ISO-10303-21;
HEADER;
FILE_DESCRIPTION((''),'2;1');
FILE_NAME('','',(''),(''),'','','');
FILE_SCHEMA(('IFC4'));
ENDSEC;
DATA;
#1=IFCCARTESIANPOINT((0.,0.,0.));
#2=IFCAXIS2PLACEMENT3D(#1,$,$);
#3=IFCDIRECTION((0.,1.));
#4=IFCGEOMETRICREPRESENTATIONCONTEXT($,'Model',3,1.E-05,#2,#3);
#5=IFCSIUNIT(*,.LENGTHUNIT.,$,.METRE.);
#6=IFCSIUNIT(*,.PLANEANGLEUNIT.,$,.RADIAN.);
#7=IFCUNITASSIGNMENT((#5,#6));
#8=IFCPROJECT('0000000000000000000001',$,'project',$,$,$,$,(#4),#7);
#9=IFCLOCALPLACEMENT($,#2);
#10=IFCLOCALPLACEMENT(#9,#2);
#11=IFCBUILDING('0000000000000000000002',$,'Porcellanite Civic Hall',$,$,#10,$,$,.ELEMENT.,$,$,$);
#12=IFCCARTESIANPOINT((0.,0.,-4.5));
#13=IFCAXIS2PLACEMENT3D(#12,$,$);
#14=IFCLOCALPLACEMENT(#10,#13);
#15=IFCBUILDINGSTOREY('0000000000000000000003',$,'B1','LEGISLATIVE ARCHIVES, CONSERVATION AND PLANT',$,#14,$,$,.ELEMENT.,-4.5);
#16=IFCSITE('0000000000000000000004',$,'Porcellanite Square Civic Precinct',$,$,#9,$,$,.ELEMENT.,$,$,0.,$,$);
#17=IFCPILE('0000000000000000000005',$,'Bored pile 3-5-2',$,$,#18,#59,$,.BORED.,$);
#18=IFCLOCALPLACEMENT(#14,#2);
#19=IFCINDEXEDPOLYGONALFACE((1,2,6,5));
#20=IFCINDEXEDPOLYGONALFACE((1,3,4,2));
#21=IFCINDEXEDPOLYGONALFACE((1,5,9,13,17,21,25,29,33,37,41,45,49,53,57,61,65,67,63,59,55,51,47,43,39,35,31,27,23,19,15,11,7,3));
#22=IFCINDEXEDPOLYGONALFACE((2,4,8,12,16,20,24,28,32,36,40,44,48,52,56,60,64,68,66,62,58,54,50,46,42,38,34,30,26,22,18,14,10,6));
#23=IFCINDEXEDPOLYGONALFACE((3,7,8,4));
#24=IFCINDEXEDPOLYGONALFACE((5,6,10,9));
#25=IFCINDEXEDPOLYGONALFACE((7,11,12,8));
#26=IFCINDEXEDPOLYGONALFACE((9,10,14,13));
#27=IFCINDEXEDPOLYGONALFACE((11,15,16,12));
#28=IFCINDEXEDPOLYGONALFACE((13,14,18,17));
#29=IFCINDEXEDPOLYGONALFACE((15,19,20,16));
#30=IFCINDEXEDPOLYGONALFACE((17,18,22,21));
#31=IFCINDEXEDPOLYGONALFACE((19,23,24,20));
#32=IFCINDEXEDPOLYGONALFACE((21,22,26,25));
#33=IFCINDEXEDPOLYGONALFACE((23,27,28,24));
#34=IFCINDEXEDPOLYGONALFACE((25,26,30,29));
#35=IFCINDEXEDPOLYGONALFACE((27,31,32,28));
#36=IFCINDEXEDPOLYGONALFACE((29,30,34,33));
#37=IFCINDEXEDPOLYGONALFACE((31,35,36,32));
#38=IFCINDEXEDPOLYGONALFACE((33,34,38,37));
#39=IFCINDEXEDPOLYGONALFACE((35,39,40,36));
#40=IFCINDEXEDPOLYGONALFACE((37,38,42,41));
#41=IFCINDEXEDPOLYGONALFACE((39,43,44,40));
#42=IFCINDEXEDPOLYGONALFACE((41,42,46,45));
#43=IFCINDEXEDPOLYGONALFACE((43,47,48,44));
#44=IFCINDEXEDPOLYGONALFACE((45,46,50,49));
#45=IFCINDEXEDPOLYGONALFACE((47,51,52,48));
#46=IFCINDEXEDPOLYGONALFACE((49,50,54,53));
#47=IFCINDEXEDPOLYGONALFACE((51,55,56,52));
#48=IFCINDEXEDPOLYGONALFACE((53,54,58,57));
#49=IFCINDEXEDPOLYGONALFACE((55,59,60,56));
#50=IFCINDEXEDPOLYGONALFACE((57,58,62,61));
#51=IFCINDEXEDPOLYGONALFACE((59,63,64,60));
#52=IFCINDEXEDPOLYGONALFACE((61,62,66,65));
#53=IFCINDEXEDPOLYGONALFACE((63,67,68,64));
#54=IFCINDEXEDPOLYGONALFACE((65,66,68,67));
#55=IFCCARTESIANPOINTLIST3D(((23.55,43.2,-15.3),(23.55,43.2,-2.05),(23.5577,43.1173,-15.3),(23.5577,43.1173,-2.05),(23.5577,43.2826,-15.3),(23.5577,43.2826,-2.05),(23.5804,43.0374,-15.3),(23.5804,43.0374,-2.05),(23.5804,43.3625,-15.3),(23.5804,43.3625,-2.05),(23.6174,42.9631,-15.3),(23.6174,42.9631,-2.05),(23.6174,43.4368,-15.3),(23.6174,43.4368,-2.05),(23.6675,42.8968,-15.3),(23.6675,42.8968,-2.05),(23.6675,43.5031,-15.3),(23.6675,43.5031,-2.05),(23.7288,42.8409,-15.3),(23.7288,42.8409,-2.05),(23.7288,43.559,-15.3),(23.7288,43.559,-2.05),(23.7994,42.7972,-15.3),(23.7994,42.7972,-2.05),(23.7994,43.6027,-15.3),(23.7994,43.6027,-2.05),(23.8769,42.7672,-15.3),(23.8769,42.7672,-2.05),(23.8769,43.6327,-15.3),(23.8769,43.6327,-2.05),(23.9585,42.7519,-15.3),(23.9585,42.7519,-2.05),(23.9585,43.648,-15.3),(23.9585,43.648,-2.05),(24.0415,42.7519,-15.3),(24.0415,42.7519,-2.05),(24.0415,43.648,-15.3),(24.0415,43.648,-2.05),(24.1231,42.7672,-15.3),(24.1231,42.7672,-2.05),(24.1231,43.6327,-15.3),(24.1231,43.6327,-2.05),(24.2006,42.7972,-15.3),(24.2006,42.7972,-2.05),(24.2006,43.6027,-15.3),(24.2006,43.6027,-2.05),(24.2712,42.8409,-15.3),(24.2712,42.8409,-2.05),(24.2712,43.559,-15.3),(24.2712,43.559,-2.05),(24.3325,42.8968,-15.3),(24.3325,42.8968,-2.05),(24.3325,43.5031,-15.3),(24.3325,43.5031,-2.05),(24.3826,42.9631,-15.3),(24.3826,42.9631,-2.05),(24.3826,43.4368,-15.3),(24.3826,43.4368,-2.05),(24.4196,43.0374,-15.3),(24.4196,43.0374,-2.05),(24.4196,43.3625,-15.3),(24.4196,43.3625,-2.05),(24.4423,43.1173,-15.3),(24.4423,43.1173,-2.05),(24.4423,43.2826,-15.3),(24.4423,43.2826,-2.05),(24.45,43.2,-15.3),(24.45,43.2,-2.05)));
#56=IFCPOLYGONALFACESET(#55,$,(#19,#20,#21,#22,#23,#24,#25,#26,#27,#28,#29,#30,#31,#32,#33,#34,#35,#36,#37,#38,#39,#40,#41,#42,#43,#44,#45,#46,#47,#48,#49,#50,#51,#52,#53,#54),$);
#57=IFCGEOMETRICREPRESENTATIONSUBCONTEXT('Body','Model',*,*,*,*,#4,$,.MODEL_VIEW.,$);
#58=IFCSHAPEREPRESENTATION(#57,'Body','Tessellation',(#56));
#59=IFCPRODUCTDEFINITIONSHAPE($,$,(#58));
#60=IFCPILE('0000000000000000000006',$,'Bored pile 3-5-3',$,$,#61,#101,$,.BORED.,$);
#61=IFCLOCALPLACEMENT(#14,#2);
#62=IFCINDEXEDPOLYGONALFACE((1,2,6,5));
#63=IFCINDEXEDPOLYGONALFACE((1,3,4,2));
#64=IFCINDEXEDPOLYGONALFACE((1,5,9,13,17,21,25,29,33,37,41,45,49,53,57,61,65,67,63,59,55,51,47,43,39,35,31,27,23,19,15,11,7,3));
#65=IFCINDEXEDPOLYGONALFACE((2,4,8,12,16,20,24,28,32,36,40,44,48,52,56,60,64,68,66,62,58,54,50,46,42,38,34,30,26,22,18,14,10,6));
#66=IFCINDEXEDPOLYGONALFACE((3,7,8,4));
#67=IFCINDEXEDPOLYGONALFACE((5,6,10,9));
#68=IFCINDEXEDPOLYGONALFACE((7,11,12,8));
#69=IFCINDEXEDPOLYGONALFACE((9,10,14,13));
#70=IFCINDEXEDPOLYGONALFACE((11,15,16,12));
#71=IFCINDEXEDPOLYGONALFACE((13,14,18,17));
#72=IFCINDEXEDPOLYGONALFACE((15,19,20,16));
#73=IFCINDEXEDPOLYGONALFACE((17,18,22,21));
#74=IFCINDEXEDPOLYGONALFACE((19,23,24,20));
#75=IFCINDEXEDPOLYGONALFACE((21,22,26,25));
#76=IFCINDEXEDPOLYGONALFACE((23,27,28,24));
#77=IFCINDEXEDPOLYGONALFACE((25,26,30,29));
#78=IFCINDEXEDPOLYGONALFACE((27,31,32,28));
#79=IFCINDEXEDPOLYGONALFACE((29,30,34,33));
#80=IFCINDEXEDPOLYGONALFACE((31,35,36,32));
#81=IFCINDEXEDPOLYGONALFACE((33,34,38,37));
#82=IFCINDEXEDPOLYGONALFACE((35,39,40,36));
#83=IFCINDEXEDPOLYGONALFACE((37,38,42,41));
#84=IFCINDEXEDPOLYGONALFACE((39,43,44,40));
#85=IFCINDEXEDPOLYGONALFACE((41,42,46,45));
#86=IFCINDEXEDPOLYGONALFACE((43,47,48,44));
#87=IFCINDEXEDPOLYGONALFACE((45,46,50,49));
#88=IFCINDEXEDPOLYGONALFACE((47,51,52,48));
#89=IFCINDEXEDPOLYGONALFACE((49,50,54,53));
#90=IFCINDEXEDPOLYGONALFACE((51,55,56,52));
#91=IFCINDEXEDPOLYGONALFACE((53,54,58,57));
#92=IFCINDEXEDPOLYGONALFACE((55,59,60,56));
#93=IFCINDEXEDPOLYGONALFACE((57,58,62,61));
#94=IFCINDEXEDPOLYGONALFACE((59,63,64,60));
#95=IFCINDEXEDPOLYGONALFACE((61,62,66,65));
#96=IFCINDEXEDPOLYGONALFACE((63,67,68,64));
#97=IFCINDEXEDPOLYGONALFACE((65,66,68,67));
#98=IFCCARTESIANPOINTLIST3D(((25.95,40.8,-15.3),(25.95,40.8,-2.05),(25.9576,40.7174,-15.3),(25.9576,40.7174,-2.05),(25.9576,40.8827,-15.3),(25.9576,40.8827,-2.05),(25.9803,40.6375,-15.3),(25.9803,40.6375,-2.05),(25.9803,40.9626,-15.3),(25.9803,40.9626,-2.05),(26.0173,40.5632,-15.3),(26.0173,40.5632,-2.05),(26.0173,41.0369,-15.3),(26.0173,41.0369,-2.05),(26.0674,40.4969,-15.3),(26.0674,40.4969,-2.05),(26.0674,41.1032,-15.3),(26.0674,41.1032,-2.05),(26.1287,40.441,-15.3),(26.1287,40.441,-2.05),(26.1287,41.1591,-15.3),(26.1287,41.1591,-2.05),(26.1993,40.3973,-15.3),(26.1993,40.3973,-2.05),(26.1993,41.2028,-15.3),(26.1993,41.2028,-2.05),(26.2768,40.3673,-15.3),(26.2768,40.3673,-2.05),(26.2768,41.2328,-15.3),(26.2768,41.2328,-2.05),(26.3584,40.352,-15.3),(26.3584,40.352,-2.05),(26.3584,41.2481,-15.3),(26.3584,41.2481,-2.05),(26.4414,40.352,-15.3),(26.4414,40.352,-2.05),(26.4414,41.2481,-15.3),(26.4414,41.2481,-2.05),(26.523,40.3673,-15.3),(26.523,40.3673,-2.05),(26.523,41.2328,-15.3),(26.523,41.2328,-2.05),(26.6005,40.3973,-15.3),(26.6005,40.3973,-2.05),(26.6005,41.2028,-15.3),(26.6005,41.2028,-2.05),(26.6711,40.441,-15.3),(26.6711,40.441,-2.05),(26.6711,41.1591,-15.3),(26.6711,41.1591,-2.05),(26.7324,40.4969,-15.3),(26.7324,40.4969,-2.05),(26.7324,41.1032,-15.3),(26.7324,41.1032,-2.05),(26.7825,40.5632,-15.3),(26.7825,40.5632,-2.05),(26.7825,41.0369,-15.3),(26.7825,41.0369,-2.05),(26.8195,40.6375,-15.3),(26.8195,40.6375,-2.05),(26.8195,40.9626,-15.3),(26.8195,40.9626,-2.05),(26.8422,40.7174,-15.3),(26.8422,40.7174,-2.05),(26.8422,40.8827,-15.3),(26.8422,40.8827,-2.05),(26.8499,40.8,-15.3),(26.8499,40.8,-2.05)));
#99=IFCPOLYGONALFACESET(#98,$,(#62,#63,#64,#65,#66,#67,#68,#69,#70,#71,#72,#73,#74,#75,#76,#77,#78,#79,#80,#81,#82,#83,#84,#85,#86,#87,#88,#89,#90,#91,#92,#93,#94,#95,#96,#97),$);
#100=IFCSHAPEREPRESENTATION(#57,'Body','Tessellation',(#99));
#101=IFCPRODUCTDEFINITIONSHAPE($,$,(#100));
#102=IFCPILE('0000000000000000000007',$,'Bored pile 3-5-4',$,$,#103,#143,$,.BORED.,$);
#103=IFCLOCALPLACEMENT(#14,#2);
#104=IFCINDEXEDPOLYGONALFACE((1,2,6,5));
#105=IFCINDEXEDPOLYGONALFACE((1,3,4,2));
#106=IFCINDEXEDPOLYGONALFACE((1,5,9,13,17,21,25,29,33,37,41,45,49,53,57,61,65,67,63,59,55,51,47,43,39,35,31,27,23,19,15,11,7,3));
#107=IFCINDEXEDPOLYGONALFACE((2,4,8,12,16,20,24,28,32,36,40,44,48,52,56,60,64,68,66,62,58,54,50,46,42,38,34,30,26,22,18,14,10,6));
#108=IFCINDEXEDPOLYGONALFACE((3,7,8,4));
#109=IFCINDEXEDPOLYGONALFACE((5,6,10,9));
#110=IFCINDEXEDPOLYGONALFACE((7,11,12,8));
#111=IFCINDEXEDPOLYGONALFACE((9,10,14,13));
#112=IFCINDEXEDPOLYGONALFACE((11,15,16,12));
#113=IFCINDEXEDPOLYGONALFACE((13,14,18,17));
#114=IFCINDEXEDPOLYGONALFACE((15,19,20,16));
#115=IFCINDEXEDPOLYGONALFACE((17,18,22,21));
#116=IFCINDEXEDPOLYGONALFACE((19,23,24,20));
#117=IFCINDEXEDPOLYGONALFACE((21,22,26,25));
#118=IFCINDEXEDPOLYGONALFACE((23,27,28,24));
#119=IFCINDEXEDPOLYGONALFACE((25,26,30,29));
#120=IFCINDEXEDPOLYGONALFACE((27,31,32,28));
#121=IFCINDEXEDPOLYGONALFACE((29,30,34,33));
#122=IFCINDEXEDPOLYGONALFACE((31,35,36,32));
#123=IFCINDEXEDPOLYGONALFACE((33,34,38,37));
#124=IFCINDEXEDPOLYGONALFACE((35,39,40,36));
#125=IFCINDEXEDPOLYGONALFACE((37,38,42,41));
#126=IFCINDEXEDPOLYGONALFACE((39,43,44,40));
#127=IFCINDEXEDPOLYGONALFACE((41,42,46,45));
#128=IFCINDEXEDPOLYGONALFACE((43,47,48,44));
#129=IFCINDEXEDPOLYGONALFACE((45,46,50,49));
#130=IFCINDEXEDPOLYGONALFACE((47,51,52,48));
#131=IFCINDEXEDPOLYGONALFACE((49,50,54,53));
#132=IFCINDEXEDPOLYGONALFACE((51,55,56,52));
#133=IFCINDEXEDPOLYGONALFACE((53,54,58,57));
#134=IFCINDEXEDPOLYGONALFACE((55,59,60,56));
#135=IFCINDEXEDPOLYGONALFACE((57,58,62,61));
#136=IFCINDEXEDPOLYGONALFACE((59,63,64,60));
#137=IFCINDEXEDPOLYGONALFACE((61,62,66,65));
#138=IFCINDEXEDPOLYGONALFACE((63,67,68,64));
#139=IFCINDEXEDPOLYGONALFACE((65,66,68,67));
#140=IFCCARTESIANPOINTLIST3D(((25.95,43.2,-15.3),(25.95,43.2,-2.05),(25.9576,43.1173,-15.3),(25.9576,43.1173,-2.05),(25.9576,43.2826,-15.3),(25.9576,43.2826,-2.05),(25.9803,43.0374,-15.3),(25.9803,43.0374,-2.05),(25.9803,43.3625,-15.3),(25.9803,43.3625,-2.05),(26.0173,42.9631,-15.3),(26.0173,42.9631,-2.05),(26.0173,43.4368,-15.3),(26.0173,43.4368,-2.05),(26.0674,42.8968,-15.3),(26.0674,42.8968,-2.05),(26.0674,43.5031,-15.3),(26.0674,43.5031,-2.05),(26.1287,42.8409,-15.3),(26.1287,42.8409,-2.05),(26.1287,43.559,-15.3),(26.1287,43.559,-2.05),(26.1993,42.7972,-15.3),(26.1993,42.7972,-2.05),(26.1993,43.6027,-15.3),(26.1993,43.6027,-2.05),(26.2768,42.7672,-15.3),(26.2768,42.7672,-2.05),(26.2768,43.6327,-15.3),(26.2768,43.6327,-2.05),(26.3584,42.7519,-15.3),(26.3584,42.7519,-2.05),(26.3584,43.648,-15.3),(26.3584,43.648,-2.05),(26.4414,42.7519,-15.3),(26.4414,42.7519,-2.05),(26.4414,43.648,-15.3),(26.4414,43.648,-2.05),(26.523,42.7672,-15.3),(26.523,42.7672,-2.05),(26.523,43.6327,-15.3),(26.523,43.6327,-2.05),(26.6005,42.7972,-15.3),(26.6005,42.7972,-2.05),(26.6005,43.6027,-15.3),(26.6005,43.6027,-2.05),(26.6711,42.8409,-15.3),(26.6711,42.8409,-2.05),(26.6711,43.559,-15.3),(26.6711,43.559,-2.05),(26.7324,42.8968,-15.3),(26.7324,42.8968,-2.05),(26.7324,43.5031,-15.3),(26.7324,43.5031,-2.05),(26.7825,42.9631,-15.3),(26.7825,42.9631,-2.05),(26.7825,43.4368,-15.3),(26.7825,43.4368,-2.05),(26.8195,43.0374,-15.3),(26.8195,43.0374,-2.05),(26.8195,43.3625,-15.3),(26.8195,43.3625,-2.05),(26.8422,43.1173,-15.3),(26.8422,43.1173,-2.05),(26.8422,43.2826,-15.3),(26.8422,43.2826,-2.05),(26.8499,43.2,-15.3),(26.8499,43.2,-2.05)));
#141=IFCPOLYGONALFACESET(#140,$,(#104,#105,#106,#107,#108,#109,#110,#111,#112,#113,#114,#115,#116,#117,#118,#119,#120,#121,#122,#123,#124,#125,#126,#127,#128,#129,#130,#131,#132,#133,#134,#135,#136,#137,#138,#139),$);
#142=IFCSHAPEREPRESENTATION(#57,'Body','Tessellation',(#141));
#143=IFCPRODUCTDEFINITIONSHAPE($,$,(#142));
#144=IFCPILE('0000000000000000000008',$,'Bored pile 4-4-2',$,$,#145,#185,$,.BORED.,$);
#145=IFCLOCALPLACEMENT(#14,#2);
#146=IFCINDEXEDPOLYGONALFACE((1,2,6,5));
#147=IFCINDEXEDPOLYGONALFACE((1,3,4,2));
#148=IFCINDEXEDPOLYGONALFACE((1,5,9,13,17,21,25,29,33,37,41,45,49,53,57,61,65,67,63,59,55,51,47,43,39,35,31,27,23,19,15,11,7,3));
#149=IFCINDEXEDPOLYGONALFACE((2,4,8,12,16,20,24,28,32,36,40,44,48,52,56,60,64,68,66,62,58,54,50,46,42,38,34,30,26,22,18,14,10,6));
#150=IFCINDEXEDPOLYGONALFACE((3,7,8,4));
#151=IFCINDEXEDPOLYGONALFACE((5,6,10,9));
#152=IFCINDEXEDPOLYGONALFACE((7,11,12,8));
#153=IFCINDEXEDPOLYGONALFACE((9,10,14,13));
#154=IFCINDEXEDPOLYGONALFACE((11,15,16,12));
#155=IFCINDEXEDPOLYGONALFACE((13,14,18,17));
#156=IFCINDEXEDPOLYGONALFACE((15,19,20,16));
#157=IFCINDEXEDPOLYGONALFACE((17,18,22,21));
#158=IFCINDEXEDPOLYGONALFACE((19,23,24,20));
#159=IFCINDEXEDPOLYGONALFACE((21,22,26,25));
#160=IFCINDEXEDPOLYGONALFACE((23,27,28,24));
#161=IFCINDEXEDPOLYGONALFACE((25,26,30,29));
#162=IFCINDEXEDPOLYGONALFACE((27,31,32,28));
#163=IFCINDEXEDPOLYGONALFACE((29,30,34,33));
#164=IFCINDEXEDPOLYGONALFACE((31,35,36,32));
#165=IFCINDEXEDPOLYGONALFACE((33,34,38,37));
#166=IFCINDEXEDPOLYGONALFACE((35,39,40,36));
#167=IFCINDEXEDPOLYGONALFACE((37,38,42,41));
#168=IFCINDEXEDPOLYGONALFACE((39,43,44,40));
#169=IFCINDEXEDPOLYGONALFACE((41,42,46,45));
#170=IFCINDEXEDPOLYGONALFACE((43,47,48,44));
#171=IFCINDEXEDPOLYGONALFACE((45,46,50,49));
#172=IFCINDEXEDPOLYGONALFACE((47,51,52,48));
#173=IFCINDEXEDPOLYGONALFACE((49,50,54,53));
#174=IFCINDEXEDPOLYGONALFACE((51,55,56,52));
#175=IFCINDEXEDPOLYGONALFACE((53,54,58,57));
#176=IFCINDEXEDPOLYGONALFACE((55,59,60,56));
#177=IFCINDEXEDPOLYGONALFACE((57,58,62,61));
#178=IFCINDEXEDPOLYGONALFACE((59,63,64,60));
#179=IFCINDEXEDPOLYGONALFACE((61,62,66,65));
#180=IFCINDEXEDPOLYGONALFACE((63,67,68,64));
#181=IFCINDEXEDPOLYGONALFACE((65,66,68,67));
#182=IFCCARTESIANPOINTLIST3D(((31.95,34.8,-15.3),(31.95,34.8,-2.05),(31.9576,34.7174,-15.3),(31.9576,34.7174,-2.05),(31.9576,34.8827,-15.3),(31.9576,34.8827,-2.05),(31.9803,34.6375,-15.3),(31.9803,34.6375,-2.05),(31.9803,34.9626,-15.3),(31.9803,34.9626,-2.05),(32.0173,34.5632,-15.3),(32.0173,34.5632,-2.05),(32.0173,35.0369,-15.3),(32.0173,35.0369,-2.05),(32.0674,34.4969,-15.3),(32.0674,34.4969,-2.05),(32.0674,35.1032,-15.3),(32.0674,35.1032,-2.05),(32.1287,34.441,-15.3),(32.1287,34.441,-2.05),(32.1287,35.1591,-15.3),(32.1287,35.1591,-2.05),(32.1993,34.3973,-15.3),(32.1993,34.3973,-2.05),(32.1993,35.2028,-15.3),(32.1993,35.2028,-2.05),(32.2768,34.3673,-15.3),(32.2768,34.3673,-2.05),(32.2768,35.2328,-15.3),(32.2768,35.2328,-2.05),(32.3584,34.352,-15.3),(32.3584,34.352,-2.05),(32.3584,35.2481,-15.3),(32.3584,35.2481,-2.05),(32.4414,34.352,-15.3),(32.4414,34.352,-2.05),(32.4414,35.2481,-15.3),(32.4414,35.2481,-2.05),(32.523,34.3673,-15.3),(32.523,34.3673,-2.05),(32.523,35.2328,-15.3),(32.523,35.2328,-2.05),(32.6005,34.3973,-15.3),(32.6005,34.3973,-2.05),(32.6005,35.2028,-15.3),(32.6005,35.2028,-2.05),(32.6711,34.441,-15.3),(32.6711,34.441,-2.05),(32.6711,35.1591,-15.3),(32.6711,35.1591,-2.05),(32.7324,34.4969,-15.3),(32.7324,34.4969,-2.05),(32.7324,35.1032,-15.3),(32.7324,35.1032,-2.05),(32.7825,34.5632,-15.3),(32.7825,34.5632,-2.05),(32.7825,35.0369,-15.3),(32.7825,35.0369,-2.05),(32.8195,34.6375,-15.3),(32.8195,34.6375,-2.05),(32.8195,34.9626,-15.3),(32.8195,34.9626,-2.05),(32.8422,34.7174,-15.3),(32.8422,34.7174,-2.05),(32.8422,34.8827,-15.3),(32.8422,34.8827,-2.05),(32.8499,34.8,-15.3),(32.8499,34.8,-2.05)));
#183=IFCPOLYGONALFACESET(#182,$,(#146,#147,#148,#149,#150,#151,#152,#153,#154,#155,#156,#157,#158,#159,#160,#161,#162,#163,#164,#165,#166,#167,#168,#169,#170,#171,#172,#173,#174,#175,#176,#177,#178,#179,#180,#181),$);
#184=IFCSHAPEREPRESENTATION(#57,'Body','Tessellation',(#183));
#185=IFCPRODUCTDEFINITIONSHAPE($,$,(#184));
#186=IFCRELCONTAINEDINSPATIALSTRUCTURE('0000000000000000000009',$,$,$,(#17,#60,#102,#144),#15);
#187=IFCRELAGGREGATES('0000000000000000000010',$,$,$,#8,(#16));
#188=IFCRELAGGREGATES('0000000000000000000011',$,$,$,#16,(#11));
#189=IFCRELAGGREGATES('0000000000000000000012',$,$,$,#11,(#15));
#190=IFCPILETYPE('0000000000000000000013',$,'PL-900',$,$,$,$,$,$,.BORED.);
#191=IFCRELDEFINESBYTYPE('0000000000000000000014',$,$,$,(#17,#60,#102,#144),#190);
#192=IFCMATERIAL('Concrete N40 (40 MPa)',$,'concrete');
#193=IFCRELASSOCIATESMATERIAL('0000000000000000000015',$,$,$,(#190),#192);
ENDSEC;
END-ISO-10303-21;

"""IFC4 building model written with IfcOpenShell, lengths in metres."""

from ifc_helpers import new_model, si_unit, direction, frame, origin, origin_2d, place, context, subcontext, project, spatial, circle, extrude, material, material_profile, profile_set, type_object, element, save


model = new_model("IFC4")

# Units and contexts
model_context = context("Model", 3, precision=1e-05, world=origin(), true_north=direction((0.0, 1.0)))
body_context = subcontext(model_context, "Body", "Model", "MODEL_VIEW")
ifc_project = project(units=[si_unit("LENGTHUNIT", "METRE"), si_unit("PLANEANGLEUNIT", "RADIAN")], contexts=[model_context])

# Site, building, storey
site_placement = place(None, origin())
site = spatial("IfcSite", under=ifc_project, at=site_placement, Name="Porcellanite Square Civic Precinct", CompositionType="ELEMENT", RefElevation=0.0)
building_placement = place(site_placement, origin())
building = spatial("IfcBuilding", under=site, at=building_placement, Name="Porcellanite Civic Hall", CompositionType="ELEMENT")
storey_placement = place(building_placement, frame((0.0, 0.0, -4.5)))
storey = spatial("IfcBuildingStorey", under=building, at=storey_placement, Name="B1", Description="LEGISLATIVE ARCHIVES, CONSERVATION AND PLANT", CompositionType="ELEMENT", Elevation=-4.5)

# Piles
ifc_material_1 = material(Name="Concrete N40 (40 MPa)", Category="concrete")
ifc_material_profile_1 = material_profile(ifc_material_1, circle(Radius=0.45, at=origin_2d()), Name="PILE-D900")
ifc_profile_set_1 = profile_set([ifc_material_profile_1], Name="Concrete N40 (40 MPa)")
pile_type = type_object("IfcPileType", Name="PL-900", PredefinedType="BORED", material=ifc_profile_set_1)
for number, where, z_axis, x_axis, name in (
    (1, (24.0, 43.2, -2.05), (0.0, 0.0, -1.0), (1.0, 0.0, 0.0), "Bored pile 3-5-2"),
    (2, (26.3999, 40.8, -2.05), (0.0, 0.0, -1.0), (1.0, 0.0, 0.0), "Bored pile 3-5-3"),
    (3, (26.3999, 43.2, -2.05), (0.0, 0.0, -1.0), (1.0, 0.0, 0.0), "Bored pile 3-5-4"),
    (4, (32.3999, 34.8, -2.05), (0.0, 0.0, -1.0), (1.0, 0.0, 0.0), "Bored pile 4-4-2"),
):
    element("IfcPile", number, at=place(storey_placement, frame(where, z_axis=z_axis, x_axis=x_axis)), inside=storey, type_object=pile_type, Name=name, PredefinedType="BORED", context=body_context, shape_type="SweptSolid", body=[
        extrude(circle(Radius=0.45, at=origin_2d()), origin(), (0.0, 0.0, 1.0), 13.25),
    ])

save(model, "model.ifc")
